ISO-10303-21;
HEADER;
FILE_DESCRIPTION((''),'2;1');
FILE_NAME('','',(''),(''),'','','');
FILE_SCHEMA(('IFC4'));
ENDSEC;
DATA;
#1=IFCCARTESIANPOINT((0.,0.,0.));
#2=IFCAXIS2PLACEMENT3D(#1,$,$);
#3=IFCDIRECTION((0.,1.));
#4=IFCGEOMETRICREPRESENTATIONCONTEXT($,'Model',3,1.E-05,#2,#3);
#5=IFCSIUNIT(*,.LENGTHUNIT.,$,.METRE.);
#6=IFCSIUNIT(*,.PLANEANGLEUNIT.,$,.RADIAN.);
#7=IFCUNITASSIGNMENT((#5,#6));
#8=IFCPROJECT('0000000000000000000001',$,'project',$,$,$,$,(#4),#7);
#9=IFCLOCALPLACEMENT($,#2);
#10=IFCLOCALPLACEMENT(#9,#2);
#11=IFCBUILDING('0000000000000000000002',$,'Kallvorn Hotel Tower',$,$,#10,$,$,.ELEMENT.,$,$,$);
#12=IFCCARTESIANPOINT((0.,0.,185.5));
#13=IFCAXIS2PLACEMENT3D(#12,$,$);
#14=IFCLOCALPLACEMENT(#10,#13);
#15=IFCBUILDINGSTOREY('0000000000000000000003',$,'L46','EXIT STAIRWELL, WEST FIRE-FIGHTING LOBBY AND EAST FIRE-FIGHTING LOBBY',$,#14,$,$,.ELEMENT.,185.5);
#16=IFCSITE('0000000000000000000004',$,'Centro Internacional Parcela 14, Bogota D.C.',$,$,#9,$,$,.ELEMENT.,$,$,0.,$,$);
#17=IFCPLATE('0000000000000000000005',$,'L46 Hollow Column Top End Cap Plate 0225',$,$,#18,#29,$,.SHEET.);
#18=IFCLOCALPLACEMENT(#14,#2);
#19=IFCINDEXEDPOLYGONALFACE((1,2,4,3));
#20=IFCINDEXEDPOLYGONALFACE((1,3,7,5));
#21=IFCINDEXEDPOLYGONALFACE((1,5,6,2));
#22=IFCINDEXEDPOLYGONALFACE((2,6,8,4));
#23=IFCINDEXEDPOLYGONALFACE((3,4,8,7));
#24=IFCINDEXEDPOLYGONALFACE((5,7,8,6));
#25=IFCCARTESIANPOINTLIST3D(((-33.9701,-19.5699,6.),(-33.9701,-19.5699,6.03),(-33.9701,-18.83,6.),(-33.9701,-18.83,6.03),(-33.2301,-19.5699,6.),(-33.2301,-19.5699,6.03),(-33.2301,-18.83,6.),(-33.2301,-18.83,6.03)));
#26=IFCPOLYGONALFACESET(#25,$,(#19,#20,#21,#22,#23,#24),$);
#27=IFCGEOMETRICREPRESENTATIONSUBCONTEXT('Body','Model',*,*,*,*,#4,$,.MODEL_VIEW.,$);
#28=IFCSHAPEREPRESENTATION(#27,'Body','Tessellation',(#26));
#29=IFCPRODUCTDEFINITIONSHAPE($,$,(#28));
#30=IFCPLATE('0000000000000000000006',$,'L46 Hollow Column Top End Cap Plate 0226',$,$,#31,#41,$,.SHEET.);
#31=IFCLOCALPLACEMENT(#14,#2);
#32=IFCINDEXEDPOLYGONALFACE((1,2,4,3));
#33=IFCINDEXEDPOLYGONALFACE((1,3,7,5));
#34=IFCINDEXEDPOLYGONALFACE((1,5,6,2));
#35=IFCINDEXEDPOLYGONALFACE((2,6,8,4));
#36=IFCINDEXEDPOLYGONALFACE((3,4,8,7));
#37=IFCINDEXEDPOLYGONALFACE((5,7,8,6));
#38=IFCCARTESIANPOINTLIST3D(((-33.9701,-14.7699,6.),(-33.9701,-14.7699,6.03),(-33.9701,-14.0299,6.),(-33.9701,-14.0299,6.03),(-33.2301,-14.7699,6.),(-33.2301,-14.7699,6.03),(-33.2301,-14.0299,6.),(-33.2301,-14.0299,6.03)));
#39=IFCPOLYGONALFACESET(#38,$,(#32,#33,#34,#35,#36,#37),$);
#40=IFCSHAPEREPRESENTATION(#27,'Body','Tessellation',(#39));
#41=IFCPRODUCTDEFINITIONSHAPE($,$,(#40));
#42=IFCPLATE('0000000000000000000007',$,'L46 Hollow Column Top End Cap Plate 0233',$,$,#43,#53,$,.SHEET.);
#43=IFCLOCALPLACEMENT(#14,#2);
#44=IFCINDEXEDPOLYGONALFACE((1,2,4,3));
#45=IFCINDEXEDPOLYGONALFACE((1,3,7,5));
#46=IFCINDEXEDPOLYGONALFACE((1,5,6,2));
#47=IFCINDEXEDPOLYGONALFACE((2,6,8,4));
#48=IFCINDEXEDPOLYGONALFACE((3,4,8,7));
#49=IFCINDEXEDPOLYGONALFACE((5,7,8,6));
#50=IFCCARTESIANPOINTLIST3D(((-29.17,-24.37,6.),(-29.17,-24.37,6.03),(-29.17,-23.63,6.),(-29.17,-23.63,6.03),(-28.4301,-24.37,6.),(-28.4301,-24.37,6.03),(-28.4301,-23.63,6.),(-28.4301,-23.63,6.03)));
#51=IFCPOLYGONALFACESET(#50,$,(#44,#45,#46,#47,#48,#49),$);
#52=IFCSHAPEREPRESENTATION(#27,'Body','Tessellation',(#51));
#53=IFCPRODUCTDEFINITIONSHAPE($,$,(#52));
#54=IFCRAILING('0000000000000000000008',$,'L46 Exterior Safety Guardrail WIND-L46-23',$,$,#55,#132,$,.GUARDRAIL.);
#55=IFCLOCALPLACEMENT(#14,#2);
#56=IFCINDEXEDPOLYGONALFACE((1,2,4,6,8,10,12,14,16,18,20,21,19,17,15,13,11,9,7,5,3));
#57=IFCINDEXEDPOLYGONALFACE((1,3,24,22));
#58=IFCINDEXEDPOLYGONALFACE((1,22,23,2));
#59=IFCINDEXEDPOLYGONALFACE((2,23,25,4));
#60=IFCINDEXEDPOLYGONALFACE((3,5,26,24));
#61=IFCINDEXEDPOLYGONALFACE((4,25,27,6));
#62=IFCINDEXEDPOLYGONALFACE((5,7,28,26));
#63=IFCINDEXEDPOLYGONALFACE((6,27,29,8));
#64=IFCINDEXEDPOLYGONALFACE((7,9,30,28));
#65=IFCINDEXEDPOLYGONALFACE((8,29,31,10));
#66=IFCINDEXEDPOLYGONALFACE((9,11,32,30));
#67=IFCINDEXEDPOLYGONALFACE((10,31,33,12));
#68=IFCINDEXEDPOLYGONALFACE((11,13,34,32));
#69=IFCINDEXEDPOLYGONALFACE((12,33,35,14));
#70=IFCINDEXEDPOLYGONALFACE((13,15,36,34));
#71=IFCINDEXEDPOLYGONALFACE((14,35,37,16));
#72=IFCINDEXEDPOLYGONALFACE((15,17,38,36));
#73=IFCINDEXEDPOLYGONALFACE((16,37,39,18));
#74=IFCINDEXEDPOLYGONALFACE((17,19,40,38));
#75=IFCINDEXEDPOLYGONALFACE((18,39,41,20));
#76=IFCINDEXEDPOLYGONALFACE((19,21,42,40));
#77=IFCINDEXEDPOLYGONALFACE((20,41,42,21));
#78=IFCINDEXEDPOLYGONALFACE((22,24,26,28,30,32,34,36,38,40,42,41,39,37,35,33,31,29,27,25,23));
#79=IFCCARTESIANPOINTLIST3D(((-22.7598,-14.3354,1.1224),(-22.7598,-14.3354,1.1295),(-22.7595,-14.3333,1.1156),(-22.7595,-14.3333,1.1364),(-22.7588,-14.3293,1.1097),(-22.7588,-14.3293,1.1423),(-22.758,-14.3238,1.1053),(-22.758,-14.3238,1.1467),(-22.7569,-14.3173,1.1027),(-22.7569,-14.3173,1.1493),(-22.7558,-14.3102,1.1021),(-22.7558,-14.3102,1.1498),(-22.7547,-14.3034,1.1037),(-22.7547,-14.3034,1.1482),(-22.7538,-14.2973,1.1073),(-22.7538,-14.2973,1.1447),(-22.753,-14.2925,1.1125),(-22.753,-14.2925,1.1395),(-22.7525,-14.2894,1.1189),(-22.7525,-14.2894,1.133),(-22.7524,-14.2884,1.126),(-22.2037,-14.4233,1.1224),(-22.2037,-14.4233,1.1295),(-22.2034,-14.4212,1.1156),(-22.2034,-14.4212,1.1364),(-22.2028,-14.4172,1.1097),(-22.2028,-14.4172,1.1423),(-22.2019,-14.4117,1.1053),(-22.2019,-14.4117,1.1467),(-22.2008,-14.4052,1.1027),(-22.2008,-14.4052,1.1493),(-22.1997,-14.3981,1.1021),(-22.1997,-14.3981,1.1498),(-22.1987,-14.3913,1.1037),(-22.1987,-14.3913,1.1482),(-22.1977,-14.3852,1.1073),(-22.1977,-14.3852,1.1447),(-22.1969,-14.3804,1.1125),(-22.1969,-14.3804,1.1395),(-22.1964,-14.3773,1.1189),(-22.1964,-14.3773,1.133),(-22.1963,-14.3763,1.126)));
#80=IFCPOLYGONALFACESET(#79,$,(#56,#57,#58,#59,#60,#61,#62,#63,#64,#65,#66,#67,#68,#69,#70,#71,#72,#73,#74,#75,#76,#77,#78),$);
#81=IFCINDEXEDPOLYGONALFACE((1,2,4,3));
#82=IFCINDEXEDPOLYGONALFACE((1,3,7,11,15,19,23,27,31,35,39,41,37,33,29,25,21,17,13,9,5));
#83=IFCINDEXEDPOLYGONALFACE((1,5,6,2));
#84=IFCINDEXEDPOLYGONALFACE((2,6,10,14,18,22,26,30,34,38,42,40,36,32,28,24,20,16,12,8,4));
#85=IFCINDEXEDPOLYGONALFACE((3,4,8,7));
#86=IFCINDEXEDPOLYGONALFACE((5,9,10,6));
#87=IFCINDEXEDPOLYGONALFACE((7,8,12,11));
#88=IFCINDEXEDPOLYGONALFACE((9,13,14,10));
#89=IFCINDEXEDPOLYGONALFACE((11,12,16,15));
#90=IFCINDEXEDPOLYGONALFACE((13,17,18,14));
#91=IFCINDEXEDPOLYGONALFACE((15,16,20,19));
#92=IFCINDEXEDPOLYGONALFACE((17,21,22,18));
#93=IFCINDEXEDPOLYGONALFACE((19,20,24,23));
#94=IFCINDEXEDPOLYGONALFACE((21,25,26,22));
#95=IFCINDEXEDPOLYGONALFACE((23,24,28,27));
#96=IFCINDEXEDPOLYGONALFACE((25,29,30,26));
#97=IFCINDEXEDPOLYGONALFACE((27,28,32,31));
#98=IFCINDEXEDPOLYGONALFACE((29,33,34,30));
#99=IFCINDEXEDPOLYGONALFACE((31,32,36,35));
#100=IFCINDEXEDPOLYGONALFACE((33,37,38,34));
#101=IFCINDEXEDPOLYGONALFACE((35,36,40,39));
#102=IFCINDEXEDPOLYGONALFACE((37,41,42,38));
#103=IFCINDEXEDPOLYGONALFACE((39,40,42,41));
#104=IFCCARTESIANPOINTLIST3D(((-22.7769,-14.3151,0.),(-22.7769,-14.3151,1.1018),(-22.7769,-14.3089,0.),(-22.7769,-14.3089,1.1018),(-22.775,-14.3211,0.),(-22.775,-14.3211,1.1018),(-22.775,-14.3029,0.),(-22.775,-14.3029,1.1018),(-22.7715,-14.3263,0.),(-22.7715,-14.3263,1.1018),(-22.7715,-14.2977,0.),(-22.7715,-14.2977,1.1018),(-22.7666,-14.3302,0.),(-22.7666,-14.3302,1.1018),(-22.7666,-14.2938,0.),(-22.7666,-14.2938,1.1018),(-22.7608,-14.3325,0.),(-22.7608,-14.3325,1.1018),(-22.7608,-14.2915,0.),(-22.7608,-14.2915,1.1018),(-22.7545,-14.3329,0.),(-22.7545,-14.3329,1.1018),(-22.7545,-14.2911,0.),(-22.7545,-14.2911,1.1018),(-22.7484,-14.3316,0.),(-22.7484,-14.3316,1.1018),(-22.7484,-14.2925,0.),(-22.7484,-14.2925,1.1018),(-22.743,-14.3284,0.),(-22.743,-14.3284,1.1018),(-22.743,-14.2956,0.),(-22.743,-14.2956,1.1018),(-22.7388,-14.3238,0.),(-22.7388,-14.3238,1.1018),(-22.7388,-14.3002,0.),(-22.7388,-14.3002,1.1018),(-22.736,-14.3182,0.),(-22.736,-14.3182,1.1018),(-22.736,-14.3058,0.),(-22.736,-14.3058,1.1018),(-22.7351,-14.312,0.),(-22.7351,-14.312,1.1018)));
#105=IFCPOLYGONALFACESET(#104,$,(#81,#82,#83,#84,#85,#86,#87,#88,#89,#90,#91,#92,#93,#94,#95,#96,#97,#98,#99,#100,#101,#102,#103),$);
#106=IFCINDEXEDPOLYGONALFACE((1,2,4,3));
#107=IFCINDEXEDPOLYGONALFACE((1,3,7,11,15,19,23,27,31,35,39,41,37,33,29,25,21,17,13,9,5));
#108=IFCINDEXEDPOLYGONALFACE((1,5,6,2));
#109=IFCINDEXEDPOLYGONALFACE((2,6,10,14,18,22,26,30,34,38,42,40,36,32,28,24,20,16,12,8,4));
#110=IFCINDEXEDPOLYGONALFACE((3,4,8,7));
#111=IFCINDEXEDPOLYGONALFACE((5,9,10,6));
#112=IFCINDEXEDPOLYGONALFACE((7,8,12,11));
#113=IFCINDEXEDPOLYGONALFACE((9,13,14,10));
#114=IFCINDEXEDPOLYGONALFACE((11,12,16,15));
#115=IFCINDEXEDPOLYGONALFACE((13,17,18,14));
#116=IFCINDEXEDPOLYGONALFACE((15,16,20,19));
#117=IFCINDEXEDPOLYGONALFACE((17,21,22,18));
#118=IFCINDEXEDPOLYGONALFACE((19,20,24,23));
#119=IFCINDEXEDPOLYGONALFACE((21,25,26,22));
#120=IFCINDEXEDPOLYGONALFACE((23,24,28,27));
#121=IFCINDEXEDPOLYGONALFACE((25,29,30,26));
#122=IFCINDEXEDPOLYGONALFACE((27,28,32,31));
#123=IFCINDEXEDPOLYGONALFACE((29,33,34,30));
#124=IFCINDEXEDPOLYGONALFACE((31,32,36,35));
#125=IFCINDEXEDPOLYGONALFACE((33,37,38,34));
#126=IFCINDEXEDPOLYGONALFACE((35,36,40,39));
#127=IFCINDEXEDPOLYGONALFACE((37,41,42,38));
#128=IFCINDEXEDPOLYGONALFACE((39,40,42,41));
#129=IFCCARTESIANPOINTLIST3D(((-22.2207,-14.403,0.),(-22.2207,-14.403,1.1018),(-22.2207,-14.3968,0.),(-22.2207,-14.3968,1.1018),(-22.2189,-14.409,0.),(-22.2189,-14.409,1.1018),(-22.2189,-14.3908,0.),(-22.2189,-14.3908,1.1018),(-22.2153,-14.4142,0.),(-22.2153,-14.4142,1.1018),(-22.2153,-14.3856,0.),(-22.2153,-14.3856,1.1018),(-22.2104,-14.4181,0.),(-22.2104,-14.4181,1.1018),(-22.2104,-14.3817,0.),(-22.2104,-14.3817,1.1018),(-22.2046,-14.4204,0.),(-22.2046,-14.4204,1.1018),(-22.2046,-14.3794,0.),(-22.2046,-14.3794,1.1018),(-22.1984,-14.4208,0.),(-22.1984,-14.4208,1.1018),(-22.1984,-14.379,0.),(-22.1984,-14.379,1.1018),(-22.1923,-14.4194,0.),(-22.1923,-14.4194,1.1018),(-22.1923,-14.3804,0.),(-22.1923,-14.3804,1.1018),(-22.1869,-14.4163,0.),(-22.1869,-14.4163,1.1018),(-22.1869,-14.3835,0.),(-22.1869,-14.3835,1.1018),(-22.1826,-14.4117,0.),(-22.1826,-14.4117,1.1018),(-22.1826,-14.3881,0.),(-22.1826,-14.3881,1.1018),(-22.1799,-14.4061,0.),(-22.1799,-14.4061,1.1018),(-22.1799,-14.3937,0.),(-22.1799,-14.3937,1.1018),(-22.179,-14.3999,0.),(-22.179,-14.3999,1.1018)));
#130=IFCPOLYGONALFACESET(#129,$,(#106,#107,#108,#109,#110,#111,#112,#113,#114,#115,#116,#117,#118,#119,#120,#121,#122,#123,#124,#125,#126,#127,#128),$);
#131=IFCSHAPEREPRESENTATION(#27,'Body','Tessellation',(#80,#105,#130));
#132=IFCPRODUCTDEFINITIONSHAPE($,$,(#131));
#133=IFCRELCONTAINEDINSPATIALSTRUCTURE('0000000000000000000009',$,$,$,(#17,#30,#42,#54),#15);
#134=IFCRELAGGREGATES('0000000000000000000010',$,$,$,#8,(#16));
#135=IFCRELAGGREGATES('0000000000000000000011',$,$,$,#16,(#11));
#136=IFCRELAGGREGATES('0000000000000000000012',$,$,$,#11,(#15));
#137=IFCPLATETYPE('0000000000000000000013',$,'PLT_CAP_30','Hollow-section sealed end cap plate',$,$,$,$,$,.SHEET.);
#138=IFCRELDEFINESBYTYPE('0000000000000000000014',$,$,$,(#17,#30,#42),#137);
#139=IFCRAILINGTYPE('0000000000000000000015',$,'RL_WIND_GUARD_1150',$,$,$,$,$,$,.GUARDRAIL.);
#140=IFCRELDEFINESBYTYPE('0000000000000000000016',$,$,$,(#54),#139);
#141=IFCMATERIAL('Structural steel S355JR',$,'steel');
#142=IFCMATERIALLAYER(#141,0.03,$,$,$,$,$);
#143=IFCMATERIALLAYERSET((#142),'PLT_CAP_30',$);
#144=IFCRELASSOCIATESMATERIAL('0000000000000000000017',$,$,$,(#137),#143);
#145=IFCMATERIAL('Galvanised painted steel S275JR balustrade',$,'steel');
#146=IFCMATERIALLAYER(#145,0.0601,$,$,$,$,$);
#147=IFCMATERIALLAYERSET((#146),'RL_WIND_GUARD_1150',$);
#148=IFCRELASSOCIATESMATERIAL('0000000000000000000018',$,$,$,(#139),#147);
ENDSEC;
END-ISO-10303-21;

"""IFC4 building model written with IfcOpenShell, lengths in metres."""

from ifc_helpers import new_model, si_unit, direction, frame, origin, origin_2d, place, context, subcontext, project, spatial, rectangle, circle, extrude, material, layer, layer_set, type_object, element, save


model = new_model("IFC4")

# Units and contexts
model_context = context("Model", 3, precision=1e-05, world=origin(), true_north=direction((0.0, 1.0)))
body_context = subcontext(model_context, "Body", "Model", "MODEL_VIEW")
ifc_project = project(units=[si_unit("LENGTHUNIT", "METRE"), si_unit("PLANEANGLEUNIT", "RADIAN")], contexts=[model_context])

# Site, building, storey
site_placement = place(None, origin())
site = spatial("IfcSite", under=ifc_project, at=site_placement, Name="Centro Internacional Parcela 14, Bogota D.C.", CompositionType="ELEMENT", RefElevation=0.0)
building_placement = place(site_placement, origin())
building = spatial("IfcBuilding", under=site, at=building_placement, Name="Kallvorn Hotel Tower", CompositionType="ELEMENT")
storey_placement = place(building_placement, frame((0.0, 0.0, 185.5)))
storey = spatial("IfcBuildingStorey", under=building, at=storey_placement, Name="L46", Description="EXIT STAIRWELL, WEST FIRE-FIGHTING LOBBY AND EAST FIRE-FIGHTING LOBBY", CompositionType="ELEMENT", Elevation=185.5)

# Plates
ifc_material_1 = material(Name="Structural steel S355JR", Category="steel")
ifc_layer_1 = layer(ifc_material_1, 0.03)
ifc_layer_set_1 = layer_set([ifc_layer_1], Name="PLT_CAP_30")
plate_type = type_object("IfcPlateType", Name="PLT_CAP_30", Description="Hollow-section sealed end cap plate", PredefinedType="SHEET", material=ifc_layer_set_1)
for number, where, z_axis, x_axis, name in (
    (1, (-33.6001, -19.2, 6.0), (0.0, 0.0, 1.0), (1.0, 0.0, 0.0), "L46 Hollow Column Top End Cap Plate 0225"),
    (2, (-33.6001, -14.3999, 6.0), (0.0, 0.0, 1.0), (1.0, 0.0, 0.0), "L46 Hollow Column Top End Cap Plate 0226"),
    (3, (-28.8, -24.0, 6.0), (0.0, 0.0, 1.0), (1.0, 0.0, 0.0), "L46 Hollow Column Top End Cap Plate 0233"),
):
    element("IfcPlate", number, at=place(storey_placement, frame(where, z_axis=z_axis, x_axis=x_axis)), inside=storey, type_object=plate_type, Name=name, PredefinedType="SHEET", context=body_context, shape_type="SweptSolid", body=[
        extrude(rectangle(XDim=0.74, YDim=0.74, at=origin_2d()), origin(), (0.0, 0.0, 1.0), 0.03),
    ])

# Railing
ifc_material_2 = material(Name="Galvanised painted steel S275JR balustrade", Category="steel")
ifc_layer_2 = layer(ifc_material_2, 0.0601)
ifc_layer_set_2 = layer_set([ifc_layer_2], Name="RL_WIND_GUARD_1150")
railing_type = type_object("IfcRailingType", Name="RL_WIND_GUARD_1150", PredefinedType="GUARDRAIL", material=ifc_layer_set_2)
railing_1_placement = place(storey_placement, frame((-22.7561, -14.312, 0.0)))
element("IfcRailing", 4, at=railing_1_placement, inside=storey, type_object=railing_type, Name="L46 Exterior Safety Guardrail WIND-L46-23", PredefinedType="GUARDRAIL", context=body_context, shape_type="SweptSolid", body=[
    extrude(circle(Radius=0.0239, at=origin_2d()), frame((0.0, 0.0, 1.126), z_axis=(0.987742, -0.156096, 0.0), x_axis=(0.156096, 0.987742, 0.0)), (0.0, 0.0, 1.0), 0.563),
    extrude(circle(Radius=0.021, at=origin_2d()), origin(), (0.0, 0.0, 1.0), 1.1018),
    extrude(circle(Radius=0.021, at=origin_2d()), frame((0.5562, -0.0879, 0.0)), (0.0, 0.0, 1.0), 1.1018),
])

save(model, "model.ifc")
